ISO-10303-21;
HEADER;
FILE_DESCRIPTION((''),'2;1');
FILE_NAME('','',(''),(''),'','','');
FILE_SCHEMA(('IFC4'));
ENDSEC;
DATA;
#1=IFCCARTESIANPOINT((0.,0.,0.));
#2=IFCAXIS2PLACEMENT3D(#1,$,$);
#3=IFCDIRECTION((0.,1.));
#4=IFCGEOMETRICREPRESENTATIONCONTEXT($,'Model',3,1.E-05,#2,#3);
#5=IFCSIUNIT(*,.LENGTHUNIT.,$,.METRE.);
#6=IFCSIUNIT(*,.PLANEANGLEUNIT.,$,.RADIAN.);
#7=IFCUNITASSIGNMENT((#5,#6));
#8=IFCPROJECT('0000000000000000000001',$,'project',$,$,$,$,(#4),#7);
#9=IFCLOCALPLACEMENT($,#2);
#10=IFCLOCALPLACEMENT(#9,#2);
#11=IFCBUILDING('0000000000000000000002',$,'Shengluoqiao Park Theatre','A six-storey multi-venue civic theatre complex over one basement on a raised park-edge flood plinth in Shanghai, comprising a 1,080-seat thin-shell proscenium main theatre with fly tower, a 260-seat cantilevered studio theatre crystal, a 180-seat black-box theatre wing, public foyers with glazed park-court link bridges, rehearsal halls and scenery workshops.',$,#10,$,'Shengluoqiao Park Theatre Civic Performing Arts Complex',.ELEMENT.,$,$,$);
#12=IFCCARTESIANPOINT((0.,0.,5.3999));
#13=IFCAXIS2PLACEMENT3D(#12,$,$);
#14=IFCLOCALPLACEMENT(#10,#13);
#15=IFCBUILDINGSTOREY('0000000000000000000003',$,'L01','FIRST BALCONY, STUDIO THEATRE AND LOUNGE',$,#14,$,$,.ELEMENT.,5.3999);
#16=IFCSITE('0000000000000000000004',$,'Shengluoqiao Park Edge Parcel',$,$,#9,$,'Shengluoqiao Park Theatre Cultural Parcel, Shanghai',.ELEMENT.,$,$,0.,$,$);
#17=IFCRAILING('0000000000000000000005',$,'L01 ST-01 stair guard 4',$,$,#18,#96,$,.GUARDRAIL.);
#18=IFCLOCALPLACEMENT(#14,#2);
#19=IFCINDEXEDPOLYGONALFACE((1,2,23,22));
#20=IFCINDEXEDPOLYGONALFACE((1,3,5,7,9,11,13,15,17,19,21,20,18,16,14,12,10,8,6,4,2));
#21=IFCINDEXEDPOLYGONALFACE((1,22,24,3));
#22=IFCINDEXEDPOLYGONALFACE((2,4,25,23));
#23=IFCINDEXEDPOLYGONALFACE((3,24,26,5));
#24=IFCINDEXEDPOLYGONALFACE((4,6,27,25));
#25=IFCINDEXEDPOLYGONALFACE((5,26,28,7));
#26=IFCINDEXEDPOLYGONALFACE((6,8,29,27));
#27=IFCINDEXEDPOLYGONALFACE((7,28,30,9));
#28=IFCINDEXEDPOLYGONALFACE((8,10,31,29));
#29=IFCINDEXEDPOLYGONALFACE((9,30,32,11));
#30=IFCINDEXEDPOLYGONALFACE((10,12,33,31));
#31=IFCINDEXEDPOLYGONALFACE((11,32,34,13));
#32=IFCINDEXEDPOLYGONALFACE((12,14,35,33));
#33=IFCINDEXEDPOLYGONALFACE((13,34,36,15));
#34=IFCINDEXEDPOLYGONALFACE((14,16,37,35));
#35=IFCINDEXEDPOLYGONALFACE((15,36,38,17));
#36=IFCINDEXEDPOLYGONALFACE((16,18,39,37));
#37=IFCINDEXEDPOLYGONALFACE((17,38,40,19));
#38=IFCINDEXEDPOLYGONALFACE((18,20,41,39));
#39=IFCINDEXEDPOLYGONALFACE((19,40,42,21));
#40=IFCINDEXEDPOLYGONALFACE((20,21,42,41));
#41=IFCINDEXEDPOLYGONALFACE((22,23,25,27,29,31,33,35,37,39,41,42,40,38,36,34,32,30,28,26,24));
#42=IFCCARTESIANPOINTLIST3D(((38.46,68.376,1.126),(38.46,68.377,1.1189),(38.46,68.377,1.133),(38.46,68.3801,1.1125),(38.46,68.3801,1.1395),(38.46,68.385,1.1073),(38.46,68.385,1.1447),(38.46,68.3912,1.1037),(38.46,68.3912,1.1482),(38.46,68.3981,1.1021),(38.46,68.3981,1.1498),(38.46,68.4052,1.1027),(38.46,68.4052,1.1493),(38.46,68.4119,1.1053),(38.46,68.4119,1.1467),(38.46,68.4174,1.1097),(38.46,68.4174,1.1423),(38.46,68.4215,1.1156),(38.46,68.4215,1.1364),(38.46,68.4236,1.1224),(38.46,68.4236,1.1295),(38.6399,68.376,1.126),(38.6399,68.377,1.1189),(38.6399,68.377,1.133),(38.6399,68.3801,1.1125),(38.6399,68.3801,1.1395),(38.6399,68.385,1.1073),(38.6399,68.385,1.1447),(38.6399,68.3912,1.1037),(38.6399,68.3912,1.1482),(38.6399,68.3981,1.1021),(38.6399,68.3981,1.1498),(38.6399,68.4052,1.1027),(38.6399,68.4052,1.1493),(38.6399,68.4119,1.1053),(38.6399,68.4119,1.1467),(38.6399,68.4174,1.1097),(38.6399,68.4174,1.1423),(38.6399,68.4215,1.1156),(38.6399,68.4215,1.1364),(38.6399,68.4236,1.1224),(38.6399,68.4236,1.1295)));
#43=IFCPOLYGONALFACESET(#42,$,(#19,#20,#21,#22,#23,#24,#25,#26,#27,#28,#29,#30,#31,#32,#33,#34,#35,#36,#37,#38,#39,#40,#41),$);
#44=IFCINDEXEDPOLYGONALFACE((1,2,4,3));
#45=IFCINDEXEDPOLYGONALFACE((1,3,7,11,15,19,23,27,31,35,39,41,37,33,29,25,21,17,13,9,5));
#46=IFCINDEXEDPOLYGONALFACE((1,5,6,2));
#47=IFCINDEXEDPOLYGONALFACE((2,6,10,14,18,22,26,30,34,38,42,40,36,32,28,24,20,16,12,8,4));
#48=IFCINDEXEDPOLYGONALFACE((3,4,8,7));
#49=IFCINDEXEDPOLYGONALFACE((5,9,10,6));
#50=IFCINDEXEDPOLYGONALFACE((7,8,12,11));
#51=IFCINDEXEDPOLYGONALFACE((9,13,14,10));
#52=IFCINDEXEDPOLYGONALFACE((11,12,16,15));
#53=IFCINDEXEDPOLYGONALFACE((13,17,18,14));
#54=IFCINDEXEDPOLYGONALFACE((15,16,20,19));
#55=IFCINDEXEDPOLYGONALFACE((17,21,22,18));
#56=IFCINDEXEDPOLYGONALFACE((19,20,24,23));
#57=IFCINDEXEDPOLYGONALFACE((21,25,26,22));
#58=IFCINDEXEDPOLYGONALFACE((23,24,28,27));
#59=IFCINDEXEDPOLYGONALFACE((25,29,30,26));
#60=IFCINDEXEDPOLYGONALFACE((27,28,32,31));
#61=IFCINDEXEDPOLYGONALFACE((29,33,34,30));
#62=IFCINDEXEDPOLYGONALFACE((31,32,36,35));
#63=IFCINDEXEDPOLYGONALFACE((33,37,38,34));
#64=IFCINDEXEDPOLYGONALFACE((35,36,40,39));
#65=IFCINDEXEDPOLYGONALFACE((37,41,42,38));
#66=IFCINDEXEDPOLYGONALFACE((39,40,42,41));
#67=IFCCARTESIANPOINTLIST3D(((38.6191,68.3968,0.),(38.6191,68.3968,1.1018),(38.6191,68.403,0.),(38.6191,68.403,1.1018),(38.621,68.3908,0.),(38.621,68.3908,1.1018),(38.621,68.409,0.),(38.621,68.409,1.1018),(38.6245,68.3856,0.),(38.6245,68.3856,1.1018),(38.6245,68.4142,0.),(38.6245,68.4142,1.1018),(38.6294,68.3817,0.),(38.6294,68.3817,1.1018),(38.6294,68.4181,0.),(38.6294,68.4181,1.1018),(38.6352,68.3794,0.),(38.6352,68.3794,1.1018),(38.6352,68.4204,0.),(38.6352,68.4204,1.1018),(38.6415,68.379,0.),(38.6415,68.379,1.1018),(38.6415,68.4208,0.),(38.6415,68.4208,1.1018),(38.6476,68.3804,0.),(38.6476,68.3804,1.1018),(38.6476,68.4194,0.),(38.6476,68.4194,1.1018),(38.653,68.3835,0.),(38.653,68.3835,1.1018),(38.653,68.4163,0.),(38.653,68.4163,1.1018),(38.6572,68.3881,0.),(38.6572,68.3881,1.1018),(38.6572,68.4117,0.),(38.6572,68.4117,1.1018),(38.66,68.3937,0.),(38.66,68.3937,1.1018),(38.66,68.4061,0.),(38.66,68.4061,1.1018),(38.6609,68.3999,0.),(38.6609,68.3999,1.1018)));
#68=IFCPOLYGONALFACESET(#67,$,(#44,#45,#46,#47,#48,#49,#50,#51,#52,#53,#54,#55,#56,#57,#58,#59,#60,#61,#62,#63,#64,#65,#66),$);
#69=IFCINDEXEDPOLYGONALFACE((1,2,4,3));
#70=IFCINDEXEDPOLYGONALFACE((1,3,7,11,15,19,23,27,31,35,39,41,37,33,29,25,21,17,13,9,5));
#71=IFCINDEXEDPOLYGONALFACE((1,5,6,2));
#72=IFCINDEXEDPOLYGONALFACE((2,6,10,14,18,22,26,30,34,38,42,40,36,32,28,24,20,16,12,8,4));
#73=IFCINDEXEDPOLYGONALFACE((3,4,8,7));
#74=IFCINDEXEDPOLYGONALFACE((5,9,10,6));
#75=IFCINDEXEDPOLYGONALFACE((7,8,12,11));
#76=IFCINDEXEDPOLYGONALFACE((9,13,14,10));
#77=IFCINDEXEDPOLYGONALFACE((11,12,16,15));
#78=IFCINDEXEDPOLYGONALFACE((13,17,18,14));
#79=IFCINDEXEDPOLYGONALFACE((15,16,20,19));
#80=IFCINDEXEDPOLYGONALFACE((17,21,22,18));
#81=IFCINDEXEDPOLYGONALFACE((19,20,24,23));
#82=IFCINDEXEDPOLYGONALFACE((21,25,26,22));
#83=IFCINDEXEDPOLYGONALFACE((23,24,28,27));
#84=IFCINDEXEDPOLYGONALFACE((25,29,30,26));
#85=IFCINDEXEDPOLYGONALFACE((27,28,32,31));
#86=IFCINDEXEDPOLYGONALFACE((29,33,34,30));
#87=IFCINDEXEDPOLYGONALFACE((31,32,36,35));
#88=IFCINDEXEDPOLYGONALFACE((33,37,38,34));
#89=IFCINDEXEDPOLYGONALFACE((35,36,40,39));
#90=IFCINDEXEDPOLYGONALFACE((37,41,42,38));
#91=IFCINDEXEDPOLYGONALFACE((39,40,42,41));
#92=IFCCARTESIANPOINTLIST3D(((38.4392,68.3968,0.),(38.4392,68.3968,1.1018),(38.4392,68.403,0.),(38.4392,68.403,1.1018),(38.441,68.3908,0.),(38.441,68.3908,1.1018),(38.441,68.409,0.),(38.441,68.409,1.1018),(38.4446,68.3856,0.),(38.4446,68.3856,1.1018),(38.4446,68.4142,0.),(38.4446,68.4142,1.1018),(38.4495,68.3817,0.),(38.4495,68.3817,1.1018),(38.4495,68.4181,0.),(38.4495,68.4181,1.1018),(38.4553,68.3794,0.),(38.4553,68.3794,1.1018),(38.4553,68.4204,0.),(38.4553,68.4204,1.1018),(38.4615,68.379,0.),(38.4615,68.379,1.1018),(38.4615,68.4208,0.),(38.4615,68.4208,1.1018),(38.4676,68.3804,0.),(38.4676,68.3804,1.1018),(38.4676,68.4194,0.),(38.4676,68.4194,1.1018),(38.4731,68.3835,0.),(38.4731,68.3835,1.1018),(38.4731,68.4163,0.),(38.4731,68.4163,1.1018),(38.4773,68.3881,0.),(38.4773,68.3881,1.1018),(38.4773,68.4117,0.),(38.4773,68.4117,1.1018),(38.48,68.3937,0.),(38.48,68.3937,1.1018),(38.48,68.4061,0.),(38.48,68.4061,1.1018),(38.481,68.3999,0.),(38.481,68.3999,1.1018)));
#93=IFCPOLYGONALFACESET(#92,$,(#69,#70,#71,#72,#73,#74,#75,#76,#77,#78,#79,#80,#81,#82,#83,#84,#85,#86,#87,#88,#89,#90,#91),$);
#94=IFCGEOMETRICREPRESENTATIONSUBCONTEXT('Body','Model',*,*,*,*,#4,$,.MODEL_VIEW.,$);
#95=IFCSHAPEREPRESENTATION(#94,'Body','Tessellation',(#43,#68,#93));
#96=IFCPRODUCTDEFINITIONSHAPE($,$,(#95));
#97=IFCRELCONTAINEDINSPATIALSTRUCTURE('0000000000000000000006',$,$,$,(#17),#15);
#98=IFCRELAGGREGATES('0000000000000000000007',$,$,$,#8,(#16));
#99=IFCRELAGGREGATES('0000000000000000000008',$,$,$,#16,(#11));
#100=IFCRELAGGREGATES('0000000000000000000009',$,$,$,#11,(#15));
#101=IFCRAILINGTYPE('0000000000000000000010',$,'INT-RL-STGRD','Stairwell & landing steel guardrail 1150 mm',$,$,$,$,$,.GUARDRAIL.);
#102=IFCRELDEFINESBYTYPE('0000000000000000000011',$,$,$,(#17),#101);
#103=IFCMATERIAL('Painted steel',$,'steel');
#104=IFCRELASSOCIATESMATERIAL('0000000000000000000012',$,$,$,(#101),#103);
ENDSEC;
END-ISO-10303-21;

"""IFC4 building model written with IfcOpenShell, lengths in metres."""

from ifc_helpers import new_model, si_unit, direction, frame, origin, origin_2d, place, context, subcontext, project, spatial, circle, extrude, material, type_object, element, save


model = new_model("IFC4")

# Units and contexts
model_context = context("Model", 3, precision=1e-05, world=origin(), true_north=direction((0.0, 1.0)))
body_context = subcontext(model_context, "Body", "Model", "MODEL_VIEW")
ifc_project = project(units=[si_unit("LENGTHUNIT", "METRE"), si_unit("PLANEANGLEUNIT", "RADIAN")], contexts=[model_context])

# Site, building, storey
site_placement = place(None, origin())
site = spatial("IfcSite", under=ifc_project, at=site_placement, Name="Shengluoqiao Park Edge Parcel", LongName="Shengluoqiao Park Theatre Cultural Parcel, Shanghai", CompositionType="ELEMENT", RefElevation=0.0)
building_placement = place(site_placement, origin())
building = spatial("IfcBuilding", under=site, at=building_placement, Name="Shengluoqiao Park Theatre", Description="A six-storey multi-venue civic theatre complex over one basement on a raised park-edge flood plinth in Shanghai, comprising a 1,080-seat thin-shell proscenium main theatre with fly tower, a 260-seat cantilevered studio theatre crystal, a 180-seat black-box theatre wing, public foyers with glazed park-court link bridges, rehearsal halls and scenery workshops.", LongName="Shengluoqiao Park Theatre Civic Performing Arts Complex", CompositionType="ELEMENT")
storey_placement = place(building_placement, frame((0.0, 0.0, 5.3999)))
storey = spatial("IfcBuildingStorey", under=building, at=storey_placement, Name="L01", Description="FIRST BALCONY, STUDIO THEATRE AND LOUNGE", CompositionType="ELEMENT", Elevation=5.3999)

# Railing
ifc_material_1 = material(Name="Painted steel", Category="steel")
railing_type_1 = type_object("IfcRailingType", Name="INT-RL-STGRD", Description="Stairwell & landing steel guardrail 1150 mm", PredefinedType="GUARDRAIL", material=ifc_material_1)
railing_1_placement = place(storey_placement, frame((38.6399, 68.3999, 0.0)))
element("IfcRailing", 1, at=railing_1_placement, inside=storey, type_object=railing_type_1, Name="L01 ST-01 stair guard 4", PredefinedType="GUARDRAIL", context=body_context, shape_type="SweptSolid", body=[
    extrude(circle(Radius=0.0239, at=origin_2d()), frame((0.0, 0.0, 1.126), z_axis=(-1.0, 0.0, 0.0), x_axis=(0.0, -1.0, 0.0)), (0.0, 0.0, 1.0), 0.1799),
    extrude(circle(Radius=0.021, at=origin_2d()), origin(), (0.0, 0.0, 1.0), 1.1018),
    extrude(circle(Radius=0.021, at=origin_2d()), frame((-0.1799, 0.0, 0.0)), (0.0, 0.0, 1.0), 1.1018),
])

save(model, "model.ifc")
